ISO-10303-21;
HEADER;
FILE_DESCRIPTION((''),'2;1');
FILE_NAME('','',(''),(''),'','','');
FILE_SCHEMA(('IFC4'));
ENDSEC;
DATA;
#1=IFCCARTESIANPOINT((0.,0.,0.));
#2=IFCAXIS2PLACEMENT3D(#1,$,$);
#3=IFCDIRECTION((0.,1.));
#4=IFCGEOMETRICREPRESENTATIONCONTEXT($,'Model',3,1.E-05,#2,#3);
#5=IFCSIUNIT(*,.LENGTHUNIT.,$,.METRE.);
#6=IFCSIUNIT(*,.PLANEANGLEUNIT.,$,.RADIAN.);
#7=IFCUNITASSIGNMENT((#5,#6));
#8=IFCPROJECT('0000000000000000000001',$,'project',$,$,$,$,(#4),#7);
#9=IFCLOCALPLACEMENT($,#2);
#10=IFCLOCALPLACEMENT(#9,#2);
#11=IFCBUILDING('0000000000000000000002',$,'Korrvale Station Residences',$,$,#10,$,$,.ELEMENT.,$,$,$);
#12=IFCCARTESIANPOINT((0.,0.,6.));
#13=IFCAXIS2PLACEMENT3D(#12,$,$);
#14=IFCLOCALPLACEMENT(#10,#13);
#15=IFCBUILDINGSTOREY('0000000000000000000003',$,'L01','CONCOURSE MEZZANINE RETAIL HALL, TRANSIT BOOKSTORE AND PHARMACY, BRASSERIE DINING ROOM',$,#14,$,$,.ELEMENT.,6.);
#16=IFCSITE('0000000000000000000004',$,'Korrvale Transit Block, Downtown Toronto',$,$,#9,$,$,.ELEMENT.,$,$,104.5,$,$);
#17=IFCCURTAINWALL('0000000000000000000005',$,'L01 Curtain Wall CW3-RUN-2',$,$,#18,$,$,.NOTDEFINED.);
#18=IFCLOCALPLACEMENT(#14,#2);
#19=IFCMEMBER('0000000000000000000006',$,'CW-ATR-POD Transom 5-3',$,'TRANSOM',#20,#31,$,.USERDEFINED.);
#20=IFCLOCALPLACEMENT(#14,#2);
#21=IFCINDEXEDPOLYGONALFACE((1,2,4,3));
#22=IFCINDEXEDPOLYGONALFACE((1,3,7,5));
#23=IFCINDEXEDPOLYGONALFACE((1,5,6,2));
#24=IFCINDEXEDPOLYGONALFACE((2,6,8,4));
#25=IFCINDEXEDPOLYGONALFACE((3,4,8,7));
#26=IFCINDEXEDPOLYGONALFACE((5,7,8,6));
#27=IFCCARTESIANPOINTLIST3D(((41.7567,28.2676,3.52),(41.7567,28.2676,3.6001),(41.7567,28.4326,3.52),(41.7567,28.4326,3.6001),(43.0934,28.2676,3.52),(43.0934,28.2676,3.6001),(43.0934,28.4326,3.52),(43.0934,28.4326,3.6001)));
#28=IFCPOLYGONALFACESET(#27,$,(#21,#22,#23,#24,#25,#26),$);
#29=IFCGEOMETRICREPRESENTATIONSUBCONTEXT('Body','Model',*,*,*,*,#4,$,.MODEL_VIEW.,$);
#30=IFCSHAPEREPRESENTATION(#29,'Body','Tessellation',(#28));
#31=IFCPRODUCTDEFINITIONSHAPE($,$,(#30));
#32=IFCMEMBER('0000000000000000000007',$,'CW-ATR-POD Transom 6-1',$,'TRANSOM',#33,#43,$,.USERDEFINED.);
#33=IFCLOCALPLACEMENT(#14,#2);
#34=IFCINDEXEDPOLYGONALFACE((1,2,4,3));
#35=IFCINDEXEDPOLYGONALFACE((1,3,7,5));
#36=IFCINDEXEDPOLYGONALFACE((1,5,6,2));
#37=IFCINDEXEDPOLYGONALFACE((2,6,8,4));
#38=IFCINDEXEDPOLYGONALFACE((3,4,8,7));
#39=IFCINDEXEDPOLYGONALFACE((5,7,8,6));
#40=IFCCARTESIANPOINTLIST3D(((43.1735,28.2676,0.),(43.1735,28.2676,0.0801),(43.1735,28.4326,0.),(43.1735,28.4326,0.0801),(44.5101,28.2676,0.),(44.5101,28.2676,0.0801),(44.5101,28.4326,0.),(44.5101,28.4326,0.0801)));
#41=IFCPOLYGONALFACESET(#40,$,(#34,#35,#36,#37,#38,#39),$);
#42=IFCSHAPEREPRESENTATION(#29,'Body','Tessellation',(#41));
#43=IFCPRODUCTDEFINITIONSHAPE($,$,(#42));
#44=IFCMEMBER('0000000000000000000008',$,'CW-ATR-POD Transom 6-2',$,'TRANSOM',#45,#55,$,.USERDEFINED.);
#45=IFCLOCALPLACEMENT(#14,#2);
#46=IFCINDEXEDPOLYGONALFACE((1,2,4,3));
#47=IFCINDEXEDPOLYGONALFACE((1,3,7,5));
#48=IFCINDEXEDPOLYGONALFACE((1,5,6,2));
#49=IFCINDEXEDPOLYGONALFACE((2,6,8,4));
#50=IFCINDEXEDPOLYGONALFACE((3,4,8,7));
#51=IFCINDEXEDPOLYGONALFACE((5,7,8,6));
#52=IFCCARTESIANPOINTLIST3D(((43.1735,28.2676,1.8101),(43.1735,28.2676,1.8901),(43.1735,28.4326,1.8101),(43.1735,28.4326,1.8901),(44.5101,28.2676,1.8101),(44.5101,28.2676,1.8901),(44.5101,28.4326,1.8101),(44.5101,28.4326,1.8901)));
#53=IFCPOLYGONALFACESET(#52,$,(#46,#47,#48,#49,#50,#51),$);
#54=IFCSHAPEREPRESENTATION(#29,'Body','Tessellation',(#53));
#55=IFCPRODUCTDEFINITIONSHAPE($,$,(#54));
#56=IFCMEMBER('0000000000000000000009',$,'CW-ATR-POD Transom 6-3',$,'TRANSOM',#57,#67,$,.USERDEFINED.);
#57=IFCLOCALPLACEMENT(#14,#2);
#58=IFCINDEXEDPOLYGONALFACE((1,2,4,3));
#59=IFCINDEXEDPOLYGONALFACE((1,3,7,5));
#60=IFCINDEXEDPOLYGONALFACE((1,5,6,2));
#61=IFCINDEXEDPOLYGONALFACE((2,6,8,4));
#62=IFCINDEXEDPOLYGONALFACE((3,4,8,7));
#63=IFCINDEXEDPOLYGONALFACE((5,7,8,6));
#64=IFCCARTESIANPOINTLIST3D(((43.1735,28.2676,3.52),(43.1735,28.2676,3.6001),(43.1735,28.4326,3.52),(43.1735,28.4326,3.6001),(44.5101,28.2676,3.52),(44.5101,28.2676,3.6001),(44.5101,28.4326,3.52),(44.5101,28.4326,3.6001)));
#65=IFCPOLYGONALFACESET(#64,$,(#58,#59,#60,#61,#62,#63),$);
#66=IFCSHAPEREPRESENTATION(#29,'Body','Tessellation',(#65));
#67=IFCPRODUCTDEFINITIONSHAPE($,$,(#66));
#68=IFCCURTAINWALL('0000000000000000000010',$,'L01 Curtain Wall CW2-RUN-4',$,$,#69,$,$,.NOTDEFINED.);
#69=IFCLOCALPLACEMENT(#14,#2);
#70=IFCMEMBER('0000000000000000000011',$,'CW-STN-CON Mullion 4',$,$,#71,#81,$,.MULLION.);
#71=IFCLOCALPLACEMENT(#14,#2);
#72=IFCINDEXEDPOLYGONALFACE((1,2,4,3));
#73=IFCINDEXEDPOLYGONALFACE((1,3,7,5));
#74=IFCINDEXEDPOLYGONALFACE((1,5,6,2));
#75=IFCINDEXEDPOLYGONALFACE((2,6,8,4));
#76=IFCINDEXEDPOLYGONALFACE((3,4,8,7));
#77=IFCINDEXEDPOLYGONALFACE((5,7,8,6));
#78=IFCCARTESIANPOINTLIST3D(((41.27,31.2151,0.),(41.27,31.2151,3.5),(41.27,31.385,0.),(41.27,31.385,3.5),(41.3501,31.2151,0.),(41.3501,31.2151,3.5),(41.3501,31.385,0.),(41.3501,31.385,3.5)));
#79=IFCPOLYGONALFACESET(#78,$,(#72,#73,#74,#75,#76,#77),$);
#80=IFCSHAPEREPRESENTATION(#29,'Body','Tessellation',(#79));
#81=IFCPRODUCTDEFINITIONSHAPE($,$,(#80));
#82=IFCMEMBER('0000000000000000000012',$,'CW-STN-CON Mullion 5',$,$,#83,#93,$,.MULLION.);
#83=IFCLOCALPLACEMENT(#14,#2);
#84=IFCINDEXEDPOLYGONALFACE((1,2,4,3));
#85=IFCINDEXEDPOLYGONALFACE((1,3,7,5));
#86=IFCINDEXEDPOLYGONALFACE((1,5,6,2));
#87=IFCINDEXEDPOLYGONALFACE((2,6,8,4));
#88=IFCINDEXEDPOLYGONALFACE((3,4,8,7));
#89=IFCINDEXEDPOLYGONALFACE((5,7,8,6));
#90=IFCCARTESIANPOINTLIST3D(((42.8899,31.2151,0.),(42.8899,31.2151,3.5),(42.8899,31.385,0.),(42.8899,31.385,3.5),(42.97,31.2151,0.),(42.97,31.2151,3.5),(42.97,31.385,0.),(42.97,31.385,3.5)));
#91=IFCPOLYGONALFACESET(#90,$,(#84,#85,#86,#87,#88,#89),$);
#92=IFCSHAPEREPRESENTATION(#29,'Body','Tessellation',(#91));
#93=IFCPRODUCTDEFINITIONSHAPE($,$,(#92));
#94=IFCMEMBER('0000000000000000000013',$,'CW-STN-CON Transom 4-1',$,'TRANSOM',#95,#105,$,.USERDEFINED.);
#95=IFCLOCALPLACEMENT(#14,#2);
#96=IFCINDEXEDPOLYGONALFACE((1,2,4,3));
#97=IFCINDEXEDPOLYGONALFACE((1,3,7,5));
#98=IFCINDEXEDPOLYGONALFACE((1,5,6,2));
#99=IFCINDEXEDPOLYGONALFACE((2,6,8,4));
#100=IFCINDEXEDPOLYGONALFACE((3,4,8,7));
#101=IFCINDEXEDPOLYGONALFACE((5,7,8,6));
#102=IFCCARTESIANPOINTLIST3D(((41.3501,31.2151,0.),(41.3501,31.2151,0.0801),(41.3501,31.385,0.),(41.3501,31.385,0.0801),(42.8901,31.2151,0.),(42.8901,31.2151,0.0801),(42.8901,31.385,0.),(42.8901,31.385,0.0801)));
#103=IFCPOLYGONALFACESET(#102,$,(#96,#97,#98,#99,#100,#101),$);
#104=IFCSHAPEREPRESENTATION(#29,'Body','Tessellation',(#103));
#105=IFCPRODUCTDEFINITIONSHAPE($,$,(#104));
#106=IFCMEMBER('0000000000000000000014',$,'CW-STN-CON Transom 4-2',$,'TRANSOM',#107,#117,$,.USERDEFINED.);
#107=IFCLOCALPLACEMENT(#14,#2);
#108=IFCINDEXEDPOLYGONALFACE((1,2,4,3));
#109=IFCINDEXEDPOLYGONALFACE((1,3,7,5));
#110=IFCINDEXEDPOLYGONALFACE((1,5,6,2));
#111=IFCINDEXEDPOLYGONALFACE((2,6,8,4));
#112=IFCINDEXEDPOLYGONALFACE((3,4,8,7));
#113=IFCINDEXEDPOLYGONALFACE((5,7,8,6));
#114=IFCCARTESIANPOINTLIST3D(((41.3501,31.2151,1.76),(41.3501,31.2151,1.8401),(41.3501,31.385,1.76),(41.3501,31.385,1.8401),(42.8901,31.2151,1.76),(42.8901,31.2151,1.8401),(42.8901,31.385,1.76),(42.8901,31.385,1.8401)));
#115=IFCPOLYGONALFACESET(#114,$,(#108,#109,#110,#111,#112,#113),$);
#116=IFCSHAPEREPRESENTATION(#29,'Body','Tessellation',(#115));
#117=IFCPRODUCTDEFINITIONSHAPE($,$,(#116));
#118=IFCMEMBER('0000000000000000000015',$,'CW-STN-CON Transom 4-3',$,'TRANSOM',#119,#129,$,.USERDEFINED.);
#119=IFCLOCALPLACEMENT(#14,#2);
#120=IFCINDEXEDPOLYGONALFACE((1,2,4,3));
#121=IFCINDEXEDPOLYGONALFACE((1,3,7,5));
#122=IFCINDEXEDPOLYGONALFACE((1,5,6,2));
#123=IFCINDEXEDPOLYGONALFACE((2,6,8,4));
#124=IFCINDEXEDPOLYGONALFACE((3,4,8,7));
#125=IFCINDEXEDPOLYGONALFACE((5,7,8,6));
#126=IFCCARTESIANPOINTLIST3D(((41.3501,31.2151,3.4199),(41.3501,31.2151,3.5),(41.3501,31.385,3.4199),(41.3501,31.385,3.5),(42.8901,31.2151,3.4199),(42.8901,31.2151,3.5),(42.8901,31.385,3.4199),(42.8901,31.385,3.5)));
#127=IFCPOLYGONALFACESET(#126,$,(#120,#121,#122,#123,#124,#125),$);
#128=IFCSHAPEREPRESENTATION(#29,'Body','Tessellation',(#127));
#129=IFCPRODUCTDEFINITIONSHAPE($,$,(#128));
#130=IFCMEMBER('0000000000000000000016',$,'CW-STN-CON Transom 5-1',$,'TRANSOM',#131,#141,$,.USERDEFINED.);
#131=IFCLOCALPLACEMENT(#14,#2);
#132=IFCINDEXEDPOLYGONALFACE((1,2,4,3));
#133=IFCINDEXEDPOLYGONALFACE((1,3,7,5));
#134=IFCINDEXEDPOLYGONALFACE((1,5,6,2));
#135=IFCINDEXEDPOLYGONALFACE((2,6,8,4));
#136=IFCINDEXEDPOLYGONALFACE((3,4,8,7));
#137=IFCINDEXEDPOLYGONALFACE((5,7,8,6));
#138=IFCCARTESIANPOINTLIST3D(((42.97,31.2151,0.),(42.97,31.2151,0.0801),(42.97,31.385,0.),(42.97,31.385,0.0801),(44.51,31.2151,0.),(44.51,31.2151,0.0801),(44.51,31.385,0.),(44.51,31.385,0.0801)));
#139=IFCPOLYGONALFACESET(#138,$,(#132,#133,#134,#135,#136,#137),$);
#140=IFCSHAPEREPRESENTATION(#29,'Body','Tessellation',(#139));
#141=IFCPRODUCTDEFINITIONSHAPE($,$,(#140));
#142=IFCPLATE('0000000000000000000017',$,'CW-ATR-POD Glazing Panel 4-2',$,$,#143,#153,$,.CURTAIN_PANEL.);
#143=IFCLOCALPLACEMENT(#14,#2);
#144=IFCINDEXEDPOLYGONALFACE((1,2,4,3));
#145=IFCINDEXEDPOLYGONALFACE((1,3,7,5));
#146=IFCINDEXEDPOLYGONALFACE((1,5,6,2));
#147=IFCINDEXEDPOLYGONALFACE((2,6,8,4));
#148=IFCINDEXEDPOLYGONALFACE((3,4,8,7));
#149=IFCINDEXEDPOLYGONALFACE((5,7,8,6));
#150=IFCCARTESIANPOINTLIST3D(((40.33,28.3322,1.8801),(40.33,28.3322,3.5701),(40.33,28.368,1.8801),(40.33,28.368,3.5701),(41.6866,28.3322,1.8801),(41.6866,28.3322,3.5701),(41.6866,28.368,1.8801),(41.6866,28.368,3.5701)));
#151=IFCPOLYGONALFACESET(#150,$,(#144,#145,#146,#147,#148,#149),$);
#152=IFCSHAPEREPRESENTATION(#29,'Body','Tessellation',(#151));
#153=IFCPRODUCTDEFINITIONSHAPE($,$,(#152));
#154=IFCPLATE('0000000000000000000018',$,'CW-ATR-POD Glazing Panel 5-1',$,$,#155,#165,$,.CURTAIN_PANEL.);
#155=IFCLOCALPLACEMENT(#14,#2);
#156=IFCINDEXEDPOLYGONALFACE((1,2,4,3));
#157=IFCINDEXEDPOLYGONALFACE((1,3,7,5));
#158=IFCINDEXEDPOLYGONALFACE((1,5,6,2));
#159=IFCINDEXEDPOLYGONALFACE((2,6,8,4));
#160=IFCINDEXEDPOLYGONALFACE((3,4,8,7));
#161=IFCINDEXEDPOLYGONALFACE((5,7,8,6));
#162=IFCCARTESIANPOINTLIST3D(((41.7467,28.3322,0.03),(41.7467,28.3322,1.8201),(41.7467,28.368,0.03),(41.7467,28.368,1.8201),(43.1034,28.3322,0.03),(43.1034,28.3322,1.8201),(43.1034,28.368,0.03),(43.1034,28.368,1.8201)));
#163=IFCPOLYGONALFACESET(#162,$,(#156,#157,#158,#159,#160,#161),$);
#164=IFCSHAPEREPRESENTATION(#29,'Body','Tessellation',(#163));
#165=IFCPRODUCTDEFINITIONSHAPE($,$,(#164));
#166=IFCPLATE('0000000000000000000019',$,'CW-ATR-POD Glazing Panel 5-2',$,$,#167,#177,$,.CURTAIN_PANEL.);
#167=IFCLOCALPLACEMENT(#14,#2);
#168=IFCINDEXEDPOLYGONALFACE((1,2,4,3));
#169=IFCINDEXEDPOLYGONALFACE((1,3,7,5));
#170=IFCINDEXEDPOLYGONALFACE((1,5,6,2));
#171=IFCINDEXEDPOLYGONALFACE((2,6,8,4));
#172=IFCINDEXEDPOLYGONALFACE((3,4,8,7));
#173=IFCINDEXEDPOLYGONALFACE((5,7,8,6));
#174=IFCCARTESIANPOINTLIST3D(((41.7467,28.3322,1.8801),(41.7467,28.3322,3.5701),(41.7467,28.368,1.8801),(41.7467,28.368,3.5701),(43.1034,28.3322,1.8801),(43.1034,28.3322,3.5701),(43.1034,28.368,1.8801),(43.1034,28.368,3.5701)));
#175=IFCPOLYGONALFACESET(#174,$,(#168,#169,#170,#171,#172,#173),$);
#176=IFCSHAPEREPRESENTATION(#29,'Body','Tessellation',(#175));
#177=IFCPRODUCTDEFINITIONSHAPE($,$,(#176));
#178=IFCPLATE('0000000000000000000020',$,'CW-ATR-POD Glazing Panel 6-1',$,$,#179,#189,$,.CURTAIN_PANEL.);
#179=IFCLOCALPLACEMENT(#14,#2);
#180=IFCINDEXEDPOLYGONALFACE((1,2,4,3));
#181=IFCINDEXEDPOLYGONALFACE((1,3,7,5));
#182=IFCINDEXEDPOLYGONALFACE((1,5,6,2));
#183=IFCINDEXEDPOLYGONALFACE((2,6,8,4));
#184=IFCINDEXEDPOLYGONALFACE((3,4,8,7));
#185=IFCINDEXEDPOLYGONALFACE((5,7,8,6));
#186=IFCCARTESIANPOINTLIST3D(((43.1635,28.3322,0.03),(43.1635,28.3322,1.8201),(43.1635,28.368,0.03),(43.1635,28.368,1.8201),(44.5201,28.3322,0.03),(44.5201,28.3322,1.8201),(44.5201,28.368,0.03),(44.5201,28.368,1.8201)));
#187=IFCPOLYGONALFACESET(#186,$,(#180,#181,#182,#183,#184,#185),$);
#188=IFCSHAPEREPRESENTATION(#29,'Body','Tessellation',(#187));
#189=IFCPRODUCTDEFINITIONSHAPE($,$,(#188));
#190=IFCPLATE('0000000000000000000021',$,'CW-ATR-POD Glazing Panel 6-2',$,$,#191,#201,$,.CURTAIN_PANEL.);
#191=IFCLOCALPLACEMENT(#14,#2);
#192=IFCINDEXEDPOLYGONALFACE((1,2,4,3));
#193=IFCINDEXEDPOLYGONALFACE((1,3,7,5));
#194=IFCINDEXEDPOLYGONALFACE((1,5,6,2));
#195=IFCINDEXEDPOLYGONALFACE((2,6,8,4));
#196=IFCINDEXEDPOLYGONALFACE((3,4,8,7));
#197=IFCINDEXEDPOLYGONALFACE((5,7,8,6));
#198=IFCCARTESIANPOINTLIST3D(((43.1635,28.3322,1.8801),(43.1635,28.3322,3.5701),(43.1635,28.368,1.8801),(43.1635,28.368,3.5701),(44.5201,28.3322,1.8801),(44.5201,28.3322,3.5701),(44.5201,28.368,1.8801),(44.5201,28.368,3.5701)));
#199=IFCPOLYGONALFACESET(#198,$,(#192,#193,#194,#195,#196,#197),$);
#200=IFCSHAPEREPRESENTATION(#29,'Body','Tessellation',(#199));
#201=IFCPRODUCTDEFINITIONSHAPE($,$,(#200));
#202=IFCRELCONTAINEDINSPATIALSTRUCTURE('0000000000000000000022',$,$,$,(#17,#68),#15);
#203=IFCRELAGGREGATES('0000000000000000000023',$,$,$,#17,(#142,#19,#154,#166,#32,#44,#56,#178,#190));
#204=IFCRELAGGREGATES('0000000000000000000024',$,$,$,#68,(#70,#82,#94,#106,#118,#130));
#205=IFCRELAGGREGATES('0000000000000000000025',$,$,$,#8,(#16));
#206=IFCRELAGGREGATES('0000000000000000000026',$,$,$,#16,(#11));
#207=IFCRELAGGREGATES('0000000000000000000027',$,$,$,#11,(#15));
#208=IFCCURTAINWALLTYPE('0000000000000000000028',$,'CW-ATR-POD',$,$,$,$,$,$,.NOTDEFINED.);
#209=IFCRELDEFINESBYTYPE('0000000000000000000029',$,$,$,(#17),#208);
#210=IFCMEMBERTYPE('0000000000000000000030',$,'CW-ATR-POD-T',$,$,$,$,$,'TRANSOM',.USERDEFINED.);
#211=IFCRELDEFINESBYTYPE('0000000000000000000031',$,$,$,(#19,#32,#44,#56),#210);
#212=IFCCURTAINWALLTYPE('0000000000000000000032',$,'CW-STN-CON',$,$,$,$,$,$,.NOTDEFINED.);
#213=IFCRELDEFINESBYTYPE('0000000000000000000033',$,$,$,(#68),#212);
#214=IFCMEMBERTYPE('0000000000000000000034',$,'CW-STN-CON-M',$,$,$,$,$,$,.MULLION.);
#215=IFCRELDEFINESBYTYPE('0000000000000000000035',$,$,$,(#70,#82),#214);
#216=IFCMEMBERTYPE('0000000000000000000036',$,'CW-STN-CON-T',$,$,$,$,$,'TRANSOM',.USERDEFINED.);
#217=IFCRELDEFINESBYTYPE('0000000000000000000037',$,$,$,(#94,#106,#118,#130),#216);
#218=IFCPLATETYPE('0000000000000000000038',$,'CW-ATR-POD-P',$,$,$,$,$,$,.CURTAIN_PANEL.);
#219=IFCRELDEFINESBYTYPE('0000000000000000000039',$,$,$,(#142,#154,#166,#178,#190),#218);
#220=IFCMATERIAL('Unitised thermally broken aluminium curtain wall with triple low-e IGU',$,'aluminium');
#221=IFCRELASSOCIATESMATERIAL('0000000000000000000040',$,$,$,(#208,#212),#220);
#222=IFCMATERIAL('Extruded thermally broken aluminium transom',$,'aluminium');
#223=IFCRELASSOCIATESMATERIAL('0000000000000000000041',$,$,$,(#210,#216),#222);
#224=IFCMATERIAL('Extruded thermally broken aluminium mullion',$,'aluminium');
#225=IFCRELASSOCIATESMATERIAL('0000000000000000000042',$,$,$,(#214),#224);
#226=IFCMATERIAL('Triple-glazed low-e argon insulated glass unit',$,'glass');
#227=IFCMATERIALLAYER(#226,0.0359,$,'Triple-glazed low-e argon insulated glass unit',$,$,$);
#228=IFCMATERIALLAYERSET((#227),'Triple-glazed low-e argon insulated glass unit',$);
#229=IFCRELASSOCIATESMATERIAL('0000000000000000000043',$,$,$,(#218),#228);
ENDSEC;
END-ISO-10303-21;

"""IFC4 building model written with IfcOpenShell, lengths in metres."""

from ifc_helpers import new_model, si_unit, direction, frame, origin, origin_2d, place, context, subcontext, project, spatial, rectangle, extrude, material, layer, layer_set, type_object, element, aggregate, save


model = new_model("IFC4")

# Units and contexts
model_context = context("Model", 3, precision=1e-05, world=origin(), true_north=direction((0.0, 1.0)))
body_context = subcontext(model_context, "Body", "Model", "MODEL_VIEW")
ifc_project = project(units=[si_unit("LENGTHUNIT", "METRE"), si_unit("PLANEANGLEUNIT", "RADIAN")], contexts=[model_context])

# Site, building, storey
site_placement = place(None, origin())
site = spatial("IfcSite", under=ifc_project, at=site_placement, Name="Korrvale Transit Block, Downtown Toronto", CompositionType="ELEMENT", RefElevation=104.5)
building_placement = place(site_placement, origin())
building = spatial("IfcBuilding", under=site, at=building_placement, Name="Korrvale Station Residences", CompositionType="ELEMENT")
storey_placement = place(building_placement, frame((0.0, 0.0, 6.0)))
storey = spatial("IfcBuildingStorey", under=building, at=storey_placement, Name="L01", Description="CONCOURSE MEZZANINE RETAIL HALL, TRANSIT BOOKSTORE AND PHARMACY, BRASSERIE DINING ROOM", CompositionType="ELEMENT", Elevation=6.0)

# Curtain walls, members
ifc_material_1 = material(Name="Unitised thermally broken aluminium curtain wall with triple low-e IGU", Category="aluminium")
curtain_wall_type_1 = type_object("IfcCurtainWallType", Name="CW-ATR-POD", PredefinedType="NOTDEFINED", material=ifc_material_1)
curtain_wall_1_placement = place(storey_placement, origin())
curtain_wall_1 = element("IfcCurtainWall", 1, at=curtain_wall_1_placement, inside=storey, type_object=curtain_wall_type_1, Name="L01 Curtain Wall CW3-RUN-2", PredefinedType="NOTDEFINED")
ifc_material_2 = material(Name="Extruded thermally broken aluminium mullion", Category="aluminium")
ifc_material_3 = material(Name="Extruded thermally broken aluminium transom", Category="aluminium")
member_type_1 = type_object("IfcMemberType", Name="CW-ATR-POD-T", ElementType="TRANSOM", PredefinedType="USERDEFINED", material=ifc_material_3)
member_1_placement = place(storey_placement, frame((42.425, 28.3501, 3.52), z_axis=(0.0, 0.0, 1.0), x_axis=(1.0, 0.0, 0.0)))
member_1 = element("IfcMember", 2, at=member_1_placement, type_object=member_type_1, Name="CW-ATR-POD Transom 5-3", ObjectType="TRANSOM", PredefinedType="USERDEFINED", context=body_context, shape_type="SweptSolid", body=[
    extrude(rectangle(XDim=1.3367, YDim=0.165, at=origin_2d()), origin(), (0.0, 0.0, 1.0), 0.0801),
])
member_2_placement = place(storey_placement, frame((43.8418, 28.3501, 0.0), z_axis=(0.0, 0.0, 1.0), x_axis=(1.0, 0.0, 0.0)))
member_2 = element("IfcMember", 3, at=member_2_placement, type_object=member_type_1, Name="CW-ATR-POD Transom 6-1", ObjectType="TRANSOM", PredefinedType="USERDEFINED", context=body_context, shape_type="SweptSolid", body=[
    extrude(rectangle(XDim=1.3367, YDim=0.165, at=origin_2d()), origin(), (0.0, 0.0, 1.0), 0.0801),
])
member_3_placement = place(storey_placement, frame((43.8418, 28.3501, 1.8101), z_axis=(0.0, 0.0, 1.0), x_axis=(1.0, 0.0, 0.0)))
member_3 = element("IfcMember", 4, at=member_3_placement, type_object=member_type_1, Name="CW-ATR-POD Transom 6-2", ObjectType="TRANSOM", PredefinedType="USERDEFINED", context=body_context, shape_type="SweptSolid", body=[
    extrude(rectangle(XDim=1.3367, YDim=0.165, at=origin_2d()), origin(), (0.0, 0.0, 1.0), 0.0801),
])
member_4_placement = place(storey_placement, frame((43.8418, 28.3501, 3.52), z_axis=(0.0, 0.0, 1.0), x_axis=(1.0, 0.0, 0.0)))
member_4 = element("IfcMember", 5, at=member_4_placement, type_object=member_type_1, Name="CW-ATR-POD Transom 6-3", ObjectType="TRANSOM", PredefinedType="USERDEFINED", context=body_context, shape_type="SweptSolid", body=[
    extrude(rectangle(XDim=1.3367, YDim=0.165, at=origin_2d()), origin(), (0.0, 0.0, 1.0), 0.0801),
])
curtain_wall_type_2 = type_object("IfcCurtainWallType", Name="CW-STN-CON", PredefinedType="NOTDEFINED", material=ifc_material_1)
curtain_wall_2_placement = place(storey_placement, origin())
curtain_wall_2 = element("IfcCurtainWall", 6, at=curtain_wall_2_placement, inside=storey, type_object=curtain_wall_type_2, Name="L01 Curtain Wall CW2-RUN-4", PredefinedType="NOTDEFINED")
member_type_2 = type_object("IfcMemberType", Name="CW-STN-CON-M", PredefinedType="MULLION", material=ifc_material_2)
member_5_placement = place(storey_placement, frame((41.3101, 31.3, 0.0), z_axis=(0.0, 0.0, 1.0), x_axis=(1.0, 0.0, 0.0)))
member_5 = element("IfcMember", 7, at=member_5_placement, type_object=member_type_2, Name="CW-STN-CON Mullion 4", PredefinedType="MULLION", context=body_context, shape_type="SweptSolid", body=[
    extrude(rectangle(XDim=0.0801, YDim=0.1699, at=origin_2d()), origin(), (0.0, 0.0, 1.0), 3.5),
])
member_6_placement = place(storey_placement, frame((42.9299, 31.3, 0.0), z_axis=(0.0, 0.0, 1.0), x_axis=(1.0, 0.0, 0.0)))
member_6 = element("IfcMember", 8, at=member_6_placement, type_object=member_type_2, Name="CW-STN-CON Mullion 5", PredefinedType="MULLION", context=body_context, shape_type="SweptSolid", body=[
    extrude(rectangle(XDim=0.0801, YDim=0.1699, at=origin_2d()), origin(), (0.0, 0.0, 1.0), 3.5),
])
member_type_3 = type_object("IfcMemberType", Name="CW-STN-CON-T", ElementType="TRANSOM", PredefinedType="USERDEFINED", material=ifc_material_3)
member_7_placement = place(storey_placement, frame((42.1201, 31.3, 0.0), z_axis=(0.0, 0.0, 1.0), x_axis=(1.0, 0.0, 0.0)))
member_7 = element("IfcMember", 9, at=member_7_placement, type_object=member_type_3, Name="CW-STN-CON Transom 4-1", ObjectType="TRANSOM", PredefinedType="USERDEFINED", context=body_context, shape_type="SweptSolid", body=[
    extrude(rectangle(XDim=1.54, YDim=0.1699, at=origin_2d()), origin(), (0.0, 0.0, 1.0), 0.0801),
])
member_8_placement = place(storey_placement, frame((42.1201, 31.3, 1.76), z_axis=(0.0, 0.0, 1.0), x_axis=(1.0, 0.0, 0.0)))
member_8 = element("IfcMember", 10, at=member_8_placement, type_object=member_type_3, Name="CW-STN-CON Transom 4-2", ObjectType="TRANSOM", PredefinedType="USERDEFINED", context=body_context, shape_type="SweptSolid", body=[
    extrude(rectangle(XDim=1.54, YDim=0.1699, at=origin_2d()), origin(), (0.0, 0.0, 1.0), 0.0801),
])
member_9_placement = place(storey_placement, frame((42.1201, 31.3, 3.4199), z_axis=(0.0, 0.0, 1.0), x_axis=(1.0, 0.0, 0.0)))
member_9 = element("IfcMember", 11, at=member_9_placement, type_object=member_type_3, Name="CW-STN-CON Transom 4-3", ObjectType="TRANSOM", PredefinedType="USERDEFINED", context=body_context, shape_type="SweptSolid", body=[
    extrude(rectangle(XDim=1.54, YDim=0.1699, at=origin_2d()), origin(), (0.0, 0.0, 1.0), 0.0801),
])
member_10_placement = place(storey_placement, frame((43.74, 31.3, 0.0), z_axis=(0.0, 0.0, 1.0), x_axis=(1.0, 0.0, 0.0)))
member_10 = element("IfcMember", 12, at=member_10_placement, type_object=member_type_3, Name="CW-STN-CON Transom 5-1", ObjectType="TRANSOM", PredefinedType="USERDEFINED", context=body_context, shape_type="SweptSolid", body=[
    extrude(rectangle(XDim=1.54, YDim=0.1699, at=origin_2d()), origin(), (0.0, 0.0, 1.0), 0.0801),
])

# Plates
ifc_material_4 = material(Name="Triple-glazed low-e argon insulated glass unit", Category="glass")
ifc_layer_1 = layer(ifc_material_4, 0.0359, Name="Triple-glazed low-e argon insulated glass unit")
ifc_layer_set_1 = layer_set([ifc_layer_1], Name="Triple-glazed low-e argon insulated glass unit")
plate_type_1 = type_object("IfcPlateType", Name="CW-ATR-POD-P", PredefinedType="CURTAIN_PANEL", material=ifc_layer_set_1)
plate_1_placement = place(storey_placement, frame((41.0083, 28.3501, 1.8801), z_axis=(0.0, 0.0, 1.0), x_axis=(1.0, 0.0, 0.0)))
plate_1 = element("IfcPlate", 13, at=plate_1_placement, type_object=plate_type_1, Name="CW-ATR-POD Glazing Panel 4-2", PredefinedType="CURTAIN_PANEL", context=body_context, shape_type="SweptSolid", body=[
    extrude(rectangle(XDim=1.3567, YDim=0.0359, at=origin_2d()), origin(), (0.0, 0.0, 1.0), 1.6899),
])
plate_2_placement = place(storey_placement, frame((42.425, 28.3501, 0.03), z_axis=(0.0, 0.0, 1.0), x_axis=(1.0, 0.0, 0.0)))
plate_2 = element("IfcPlate", 14, at=plate_2_placement, type_object=plate_type_1, Name="CW-ATR-POD Glazing Panel 5-1", PredefinedType="CURTAIN_PANEL", context=body_context, shape_type="SweptSolid", body=[
    extrude(rectangle(XDim=1.3567, YDim=0.0359, at=origin_2d()), origin(), (0.0, 0.0, 1.0), 1.79),
])
plate_3_placement = place(storey_placement, frame((42.425, 28.3501, 1.8801), z_axis=(0.0, 0.0, 1.0), x_axis=(1.0, 0.0, 0.0)))
plate_3 = element("IfcPlate", 15, at=plate_3_placement, type_object=plate_type_1, Name="CW-ATR-POD Glazing Panel 5-2", PredefinedType="CURTAIN_PANEL", context=body_context, shape_type="SweptSolid", body=[
    extrude(rectangle(XDim=1.3567, YDim=0.0359, at=origin_2d()), origin(), (0.0, 0.0, 1.0), 1.6899),
])
plate_4_placement = place(storey_placement, frame((43.8418, 28.3501, 0.03), z_axis=(0.0, 0.0, 1.0), x_axis=(1.0, 0.0, 0.0)))
plate_4 = element("IfcPlate", 16, at=plate_4_placement, type_object=plate_type_1, Name="CW-ATR-POD Glazing Panel 6-1", PredefinedType="CURTAIN_PANEL", context=body_context, shape_type="SweptSolid", body=[
    extrude(rectangle(XDim=1.3567, YDim=0.0359, at=origin_2d()), origin(), (0.0, 0.0, 1.0), 1.79),
])
plate_5_placement = place(storey_placement, frame((43.8418, 28.3501, 1.8801), z_axis=(0.0, 0.0, 1.0), x_axis=(1.0, 0.0, 0.0)))
plate_5 = element("IfcPlate", 17, at=plate_5_placement, type_object=plate_type_1, Name="CW-ATR-POD Glazing Panel 6-2", PredefinedType="CURTAIN_PANEL", context=body_context, shape_type="SweptSolid", body=[
    extrude(rectangle(XDim=1.3567, YDim=0.0359, at=origin_2d()), origin(), (0.0, 0.0, 1.0), 1.6899),
])
aggregate(curtain_wall_1, [plate_1, member_1, plate_2, plate_3, member_2, member_3, member_4, plate_4, plate_5])
aggregate(curtain_wall_2, [member_5, member_6, member_7, member_8, member_9, member_10])

save(model, "model.ifc")
